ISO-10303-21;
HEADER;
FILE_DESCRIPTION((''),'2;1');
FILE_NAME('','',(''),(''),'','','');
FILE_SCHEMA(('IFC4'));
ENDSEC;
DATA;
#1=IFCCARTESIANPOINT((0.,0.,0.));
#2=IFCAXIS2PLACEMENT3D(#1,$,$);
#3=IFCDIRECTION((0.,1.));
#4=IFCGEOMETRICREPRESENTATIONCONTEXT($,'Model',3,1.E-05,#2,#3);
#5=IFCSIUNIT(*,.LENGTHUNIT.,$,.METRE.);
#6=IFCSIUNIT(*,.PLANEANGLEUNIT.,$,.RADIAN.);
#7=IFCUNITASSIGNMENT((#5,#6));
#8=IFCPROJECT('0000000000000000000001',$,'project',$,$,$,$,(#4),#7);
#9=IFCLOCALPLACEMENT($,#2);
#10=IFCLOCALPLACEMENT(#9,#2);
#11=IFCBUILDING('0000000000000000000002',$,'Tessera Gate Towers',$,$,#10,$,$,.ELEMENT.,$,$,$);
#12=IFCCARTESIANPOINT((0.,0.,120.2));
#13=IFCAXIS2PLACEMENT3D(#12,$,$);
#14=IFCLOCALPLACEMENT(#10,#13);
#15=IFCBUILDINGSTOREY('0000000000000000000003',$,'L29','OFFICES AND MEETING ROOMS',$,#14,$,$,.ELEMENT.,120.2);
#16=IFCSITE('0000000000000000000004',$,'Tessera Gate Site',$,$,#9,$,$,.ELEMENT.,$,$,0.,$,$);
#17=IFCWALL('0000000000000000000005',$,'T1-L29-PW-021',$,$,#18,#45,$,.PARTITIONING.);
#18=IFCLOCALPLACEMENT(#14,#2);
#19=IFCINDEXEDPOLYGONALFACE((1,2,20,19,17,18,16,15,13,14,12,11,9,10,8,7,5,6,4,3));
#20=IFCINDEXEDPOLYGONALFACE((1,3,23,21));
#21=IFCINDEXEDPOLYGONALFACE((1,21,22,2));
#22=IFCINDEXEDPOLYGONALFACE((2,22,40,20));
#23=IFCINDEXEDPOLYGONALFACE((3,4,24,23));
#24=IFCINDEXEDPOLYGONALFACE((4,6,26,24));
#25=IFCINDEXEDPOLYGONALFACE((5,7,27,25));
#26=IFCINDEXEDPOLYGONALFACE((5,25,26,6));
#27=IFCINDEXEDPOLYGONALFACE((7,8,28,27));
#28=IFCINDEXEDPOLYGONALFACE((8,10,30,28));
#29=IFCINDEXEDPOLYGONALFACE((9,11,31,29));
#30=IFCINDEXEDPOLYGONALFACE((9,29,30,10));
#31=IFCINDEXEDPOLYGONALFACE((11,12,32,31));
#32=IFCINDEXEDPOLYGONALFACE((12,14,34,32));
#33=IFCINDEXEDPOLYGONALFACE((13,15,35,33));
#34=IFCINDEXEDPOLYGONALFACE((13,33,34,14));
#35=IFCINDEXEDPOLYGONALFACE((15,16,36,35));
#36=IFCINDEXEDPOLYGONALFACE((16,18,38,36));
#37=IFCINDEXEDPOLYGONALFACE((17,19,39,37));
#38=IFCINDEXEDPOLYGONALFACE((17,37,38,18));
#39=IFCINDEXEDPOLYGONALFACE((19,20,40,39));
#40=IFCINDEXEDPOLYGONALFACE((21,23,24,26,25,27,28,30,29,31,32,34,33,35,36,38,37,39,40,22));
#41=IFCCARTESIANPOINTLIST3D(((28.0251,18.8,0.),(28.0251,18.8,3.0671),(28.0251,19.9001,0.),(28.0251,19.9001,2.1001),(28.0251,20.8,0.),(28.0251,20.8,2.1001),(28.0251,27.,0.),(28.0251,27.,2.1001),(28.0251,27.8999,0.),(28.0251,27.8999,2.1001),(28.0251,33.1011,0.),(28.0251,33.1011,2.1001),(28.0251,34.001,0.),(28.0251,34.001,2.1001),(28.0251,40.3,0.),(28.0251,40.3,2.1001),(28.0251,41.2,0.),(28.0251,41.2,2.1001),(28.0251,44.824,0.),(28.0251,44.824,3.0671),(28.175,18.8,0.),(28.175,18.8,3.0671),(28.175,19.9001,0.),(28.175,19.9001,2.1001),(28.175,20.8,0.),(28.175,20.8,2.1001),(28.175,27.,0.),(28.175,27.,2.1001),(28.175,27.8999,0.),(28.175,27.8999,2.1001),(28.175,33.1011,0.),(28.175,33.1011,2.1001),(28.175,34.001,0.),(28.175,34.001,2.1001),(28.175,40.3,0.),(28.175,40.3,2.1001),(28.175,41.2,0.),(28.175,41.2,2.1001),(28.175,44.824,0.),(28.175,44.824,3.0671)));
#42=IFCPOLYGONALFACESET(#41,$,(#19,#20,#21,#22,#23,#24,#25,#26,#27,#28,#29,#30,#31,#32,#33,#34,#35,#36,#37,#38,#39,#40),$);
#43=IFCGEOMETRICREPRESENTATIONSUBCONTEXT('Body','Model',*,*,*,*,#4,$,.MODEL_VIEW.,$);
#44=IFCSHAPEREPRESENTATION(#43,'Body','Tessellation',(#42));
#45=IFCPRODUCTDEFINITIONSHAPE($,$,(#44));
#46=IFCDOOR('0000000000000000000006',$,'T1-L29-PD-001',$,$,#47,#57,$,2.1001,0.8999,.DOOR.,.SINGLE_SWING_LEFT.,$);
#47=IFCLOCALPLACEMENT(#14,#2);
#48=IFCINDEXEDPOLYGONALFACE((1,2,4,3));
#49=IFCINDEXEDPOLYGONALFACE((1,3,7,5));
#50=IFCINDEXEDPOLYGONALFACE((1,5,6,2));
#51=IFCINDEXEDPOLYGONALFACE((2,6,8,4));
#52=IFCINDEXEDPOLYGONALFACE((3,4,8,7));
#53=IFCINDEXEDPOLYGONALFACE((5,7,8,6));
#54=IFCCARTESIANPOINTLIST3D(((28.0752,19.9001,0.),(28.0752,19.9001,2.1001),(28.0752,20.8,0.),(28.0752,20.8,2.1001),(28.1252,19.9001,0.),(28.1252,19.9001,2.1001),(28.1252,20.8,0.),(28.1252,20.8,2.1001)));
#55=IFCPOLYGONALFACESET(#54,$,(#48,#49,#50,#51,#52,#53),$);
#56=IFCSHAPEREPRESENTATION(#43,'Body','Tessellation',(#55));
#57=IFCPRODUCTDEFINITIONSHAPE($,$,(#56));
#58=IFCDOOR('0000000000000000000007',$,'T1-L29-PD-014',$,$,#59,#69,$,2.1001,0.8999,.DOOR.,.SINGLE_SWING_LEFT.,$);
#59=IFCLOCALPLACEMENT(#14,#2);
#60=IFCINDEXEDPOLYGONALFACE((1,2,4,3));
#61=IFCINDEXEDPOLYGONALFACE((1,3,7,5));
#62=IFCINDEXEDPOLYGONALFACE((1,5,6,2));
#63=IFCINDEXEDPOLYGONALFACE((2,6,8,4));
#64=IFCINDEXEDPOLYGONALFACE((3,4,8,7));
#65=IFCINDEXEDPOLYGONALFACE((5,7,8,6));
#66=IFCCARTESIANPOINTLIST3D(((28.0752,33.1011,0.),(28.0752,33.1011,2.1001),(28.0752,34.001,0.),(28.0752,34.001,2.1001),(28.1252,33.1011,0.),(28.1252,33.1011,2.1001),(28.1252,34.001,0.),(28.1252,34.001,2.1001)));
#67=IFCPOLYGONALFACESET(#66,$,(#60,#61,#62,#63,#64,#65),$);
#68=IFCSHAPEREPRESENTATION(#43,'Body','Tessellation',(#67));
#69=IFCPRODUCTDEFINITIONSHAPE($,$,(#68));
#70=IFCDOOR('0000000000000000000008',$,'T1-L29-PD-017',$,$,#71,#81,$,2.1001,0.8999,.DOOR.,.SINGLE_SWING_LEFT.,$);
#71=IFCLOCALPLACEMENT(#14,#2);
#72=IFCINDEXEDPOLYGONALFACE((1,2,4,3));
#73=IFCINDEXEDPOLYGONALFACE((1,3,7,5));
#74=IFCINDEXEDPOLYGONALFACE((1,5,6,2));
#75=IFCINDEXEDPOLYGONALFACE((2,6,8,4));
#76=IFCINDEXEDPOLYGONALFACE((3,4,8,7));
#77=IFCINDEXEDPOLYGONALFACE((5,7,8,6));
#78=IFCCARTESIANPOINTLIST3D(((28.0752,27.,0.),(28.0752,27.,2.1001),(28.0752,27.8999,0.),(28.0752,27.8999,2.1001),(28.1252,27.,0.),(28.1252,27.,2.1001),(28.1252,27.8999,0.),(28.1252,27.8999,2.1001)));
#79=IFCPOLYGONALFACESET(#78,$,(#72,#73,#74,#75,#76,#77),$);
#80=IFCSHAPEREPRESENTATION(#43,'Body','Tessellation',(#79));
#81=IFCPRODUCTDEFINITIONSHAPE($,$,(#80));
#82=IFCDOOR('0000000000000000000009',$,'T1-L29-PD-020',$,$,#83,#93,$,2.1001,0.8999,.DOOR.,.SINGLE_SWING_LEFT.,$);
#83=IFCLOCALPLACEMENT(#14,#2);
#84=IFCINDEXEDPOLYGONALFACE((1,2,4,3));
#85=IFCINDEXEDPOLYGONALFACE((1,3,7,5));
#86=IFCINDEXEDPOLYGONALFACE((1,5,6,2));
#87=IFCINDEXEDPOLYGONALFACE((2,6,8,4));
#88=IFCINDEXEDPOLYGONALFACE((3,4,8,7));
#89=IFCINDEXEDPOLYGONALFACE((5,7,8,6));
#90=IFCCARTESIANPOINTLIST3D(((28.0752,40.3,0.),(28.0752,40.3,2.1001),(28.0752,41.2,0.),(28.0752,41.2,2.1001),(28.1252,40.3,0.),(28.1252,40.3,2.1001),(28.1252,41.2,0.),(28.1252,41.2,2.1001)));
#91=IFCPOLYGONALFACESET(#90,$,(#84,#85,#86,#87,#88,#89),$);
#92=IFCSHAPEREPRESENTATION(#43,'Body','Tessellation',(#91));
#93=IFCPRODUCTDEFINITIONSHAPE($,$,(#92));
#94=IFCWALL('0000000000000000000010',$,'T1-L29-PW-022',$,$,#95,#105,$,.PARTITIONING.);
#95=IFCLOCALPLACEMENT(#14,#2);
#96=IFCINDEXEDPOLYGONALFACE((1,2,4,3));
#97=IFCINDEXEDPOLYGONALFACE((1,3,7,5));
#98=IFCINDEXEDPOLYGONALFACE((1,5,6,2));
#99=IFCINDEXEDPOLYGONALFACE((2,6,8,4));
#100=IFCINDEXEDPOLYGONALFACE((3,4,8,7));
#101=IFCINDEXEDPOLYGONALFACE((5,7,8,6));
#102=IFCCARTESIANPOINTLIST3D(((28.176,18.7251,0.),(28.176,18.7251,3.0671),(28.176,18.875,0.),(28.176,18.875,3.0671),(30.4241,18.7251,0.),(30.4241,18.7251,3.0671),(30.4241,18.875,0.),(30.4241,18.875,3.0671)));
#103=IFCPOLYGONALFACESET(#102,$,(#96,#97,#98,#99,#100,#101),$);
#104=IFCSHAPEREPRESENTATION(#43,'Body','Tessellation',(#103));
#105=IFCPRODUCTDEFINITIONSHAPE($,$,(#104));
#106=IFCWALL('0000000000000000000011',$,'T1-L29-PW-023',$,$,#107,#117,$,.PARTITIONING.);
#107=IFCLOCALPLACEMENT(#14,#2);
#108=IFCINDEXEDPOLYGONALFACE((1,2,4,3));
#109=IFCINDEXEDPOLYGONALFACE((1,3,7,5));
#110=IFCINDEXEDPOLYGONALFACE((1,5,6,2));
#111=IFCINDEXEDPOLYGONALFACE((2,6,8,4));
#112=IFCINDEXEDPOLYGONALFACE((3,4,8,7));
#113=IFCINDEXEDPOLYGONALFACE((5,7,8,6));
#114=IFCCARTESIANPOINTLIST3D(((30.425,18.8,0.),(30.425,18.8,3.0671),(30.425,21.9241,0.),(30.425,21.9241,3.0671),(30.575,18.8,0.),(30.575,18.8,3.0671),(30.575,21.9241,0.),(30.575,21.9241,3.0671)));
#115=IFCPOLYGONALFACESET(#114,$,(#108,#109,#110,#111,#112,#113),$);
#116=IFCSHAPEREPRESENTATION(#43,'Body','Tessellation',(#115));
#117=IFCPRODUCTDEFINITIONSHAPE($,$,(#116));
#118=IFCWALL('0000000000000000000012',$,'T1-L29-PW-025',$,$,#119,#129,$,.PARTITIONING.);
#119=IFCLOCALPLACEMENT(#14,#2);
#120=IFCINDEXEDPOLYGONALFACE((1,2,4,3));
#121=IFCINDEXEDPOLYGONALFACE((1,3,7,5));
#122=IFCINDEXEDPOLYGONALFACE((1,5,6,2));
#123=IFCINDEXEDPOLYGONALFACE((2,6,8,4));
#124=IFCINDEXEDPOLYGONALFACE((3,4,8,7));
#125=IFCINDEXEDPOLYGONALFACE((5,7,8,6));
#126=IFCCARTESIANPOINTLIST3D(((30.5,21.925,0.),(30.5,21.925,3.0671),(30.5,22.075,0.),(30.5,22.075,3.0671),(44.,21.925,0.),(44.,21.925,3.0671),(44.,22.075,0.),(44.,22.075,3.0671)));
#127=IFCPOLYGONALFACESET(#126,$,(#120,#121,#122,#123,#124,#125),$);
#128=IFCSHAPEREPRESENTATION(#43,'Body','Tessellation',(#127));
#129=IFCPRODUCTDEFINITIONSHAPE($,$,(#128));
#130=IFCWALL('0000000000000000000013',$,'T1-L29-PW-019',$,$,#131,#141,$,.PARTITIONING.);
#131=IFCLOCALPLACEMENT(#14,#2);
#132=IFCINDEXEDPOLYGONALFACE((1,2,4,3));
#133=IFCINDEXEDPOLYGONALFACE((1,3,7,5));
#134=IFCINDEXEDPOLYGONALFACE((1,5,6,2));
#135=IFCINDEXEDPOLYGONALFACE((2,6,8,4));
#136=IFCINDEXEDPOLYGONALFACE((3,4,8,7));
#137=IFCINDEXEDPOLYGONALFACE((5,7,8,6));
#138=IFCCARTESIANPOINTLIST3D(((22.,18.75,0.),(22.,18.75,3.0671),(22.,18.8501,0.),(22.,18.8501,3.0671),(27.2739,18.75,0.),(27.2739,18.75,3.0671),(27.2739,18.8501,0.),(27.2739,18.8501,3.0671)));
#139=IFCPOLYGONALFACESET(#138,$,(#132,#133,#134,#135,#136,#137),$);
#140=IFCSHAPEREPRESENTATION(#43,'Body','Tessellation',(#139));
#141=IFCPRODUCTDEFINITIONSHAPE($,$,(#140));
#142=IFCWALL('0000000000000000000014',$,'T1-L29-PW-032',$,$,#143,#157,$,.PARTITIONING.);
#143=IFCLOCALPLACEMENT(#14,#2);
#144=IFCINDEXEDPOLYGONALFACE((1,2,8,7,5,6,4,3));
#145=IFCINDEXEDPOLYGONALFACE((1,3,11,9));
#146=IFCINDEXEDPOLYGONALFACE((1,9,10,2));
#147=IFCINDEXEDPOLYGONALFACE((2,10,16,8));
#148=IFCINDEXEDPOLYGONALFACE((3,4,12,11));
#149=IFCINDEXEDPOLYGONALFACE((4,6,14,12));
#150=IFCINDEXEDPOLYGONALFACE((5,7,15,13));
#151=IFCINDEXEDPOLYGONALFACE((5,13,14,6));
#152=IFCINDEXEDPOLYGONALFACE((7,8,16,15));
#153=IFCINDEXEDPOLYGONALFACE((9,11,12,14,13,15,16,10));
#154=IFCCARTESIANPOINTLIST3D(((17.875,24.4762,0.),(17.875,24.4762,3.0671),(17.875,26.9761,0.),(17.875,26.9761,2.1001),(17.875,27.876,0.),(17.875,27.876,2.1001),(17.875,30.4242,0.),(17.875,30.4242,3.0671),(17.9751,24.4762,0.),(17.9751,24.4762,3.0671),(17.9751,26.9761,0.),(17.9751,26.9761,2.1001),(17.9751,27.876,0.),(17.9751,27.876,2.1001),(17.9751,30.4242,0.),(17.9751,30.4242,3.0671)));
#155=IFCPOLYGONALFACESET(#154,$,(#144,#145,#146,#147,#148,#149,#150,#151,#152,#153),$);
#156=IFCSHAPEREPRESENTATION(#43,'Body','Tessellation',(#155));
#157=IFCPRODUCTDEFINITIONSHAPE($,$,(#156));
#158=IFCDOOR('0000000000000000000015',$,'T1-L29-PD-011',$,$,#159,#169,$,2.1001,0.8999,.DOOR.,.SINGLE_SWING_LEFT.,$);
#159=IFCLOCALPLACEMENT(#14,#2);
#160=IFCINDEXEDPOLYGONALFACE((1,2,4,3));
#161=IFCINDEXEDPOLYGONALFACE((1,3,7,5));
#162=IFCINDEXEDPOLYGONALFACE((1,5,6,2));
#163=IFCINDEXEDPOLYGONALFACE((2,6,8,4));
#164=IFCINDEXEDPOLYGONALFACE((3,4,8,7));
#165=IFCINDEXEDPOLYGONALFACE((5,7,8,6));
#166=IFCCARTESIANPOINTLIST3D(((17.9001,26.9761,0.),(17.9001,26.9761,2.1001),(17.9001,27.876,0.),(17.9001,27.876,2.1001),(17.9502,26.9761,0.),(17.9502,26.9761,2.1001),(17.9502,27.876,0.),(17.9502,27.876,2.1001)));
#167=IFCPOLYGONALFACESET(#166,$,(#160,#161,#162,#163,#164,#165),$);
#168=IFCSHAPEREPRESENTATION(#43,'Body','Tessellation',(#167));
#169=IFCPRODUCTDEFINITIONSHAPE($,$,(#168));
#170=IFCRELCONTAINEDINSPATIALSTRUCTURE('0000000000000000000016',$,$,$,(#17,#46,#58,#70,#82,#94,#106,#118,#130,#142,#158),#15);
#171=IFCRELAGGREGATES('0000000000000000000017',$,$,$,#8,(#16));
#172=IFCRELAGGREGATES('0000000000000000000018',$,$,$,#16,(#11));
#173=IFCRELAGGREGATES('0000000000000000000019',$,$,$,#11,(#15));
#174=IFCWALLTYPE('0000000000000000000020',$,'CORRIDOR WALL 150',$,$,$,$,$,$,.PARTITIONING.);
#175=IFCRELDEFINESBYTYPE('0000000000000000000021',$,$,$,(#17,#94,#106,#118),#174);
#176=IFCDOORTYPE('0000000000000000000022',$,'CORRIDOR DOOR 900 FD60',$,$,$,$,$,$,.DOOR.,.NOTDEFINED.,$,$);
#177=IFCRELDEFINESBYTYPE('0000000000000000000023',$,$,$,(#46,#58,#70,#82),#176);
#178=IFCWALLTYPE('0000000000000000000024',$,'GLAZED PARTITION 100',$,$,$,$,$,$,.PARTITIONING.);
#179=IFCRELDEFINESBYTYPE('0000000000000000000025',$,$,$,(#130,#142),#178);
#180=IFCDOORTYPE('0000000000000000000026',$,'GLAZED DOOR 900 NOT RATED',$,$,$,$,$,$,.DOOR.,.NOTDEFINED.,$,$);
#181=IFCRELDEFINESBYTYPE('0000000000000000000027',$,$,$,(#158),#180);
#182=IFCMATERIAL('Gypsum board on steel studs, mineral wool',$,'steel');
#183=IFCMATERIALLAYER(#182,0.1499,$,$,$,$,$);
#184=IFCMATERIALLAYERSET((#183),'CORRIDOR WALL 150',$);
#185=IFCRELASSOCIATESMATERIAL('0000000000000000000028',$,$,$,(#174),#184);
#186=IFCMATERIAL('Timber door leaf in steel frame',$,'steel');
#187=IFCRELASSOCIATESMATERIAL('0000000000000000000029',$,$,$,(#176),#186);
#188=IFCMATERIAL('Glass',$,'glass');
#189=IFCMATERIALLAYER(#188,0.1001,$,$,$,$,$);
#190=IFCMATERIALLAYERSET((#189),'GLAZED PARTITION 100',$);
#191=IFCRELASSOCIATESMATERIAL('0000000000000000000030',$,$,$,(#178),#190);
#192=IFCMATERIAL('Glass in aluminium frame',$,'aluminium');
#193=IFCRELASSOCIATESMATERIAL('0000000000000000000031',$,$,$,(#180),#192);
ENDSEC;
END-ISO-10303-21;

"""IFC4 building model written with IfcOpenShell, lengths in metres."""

from ifc_helpers import new_model, si_unit, direction, frame, frame_2d, origin, place, context, subcontext, project, spatial, rectangle, extrude, source, transform, mapped, material, layer, layer_set, type_object, element, fill, save


model = new_model("IFC4")

# Units and contexts
model_context = context("Model", 3, precision=1e-05, world=origin(), true_north=direction((0.0, 1.0)))
body_context = subcontext(model_context, "Body", "Model", "MODEL_VIEW")
ifc_project = project(units=[si_unit("LENGTHUNIT", "METRE"), si_unit("PLANEANGLEUNIT", "RADIAN")], contexts=[model_context])

# Site, building, storey
site_placement = place(None, origin())
site = spatial("IfcSite", under=ifc_project, at=site_placement, Name="Tessera Gate Site", CompositionType="ELEMENT", RefElevation=0.0)
building_placement = place(site_placement, origin())
building = spatial("IfcBuilding", under=site, at=building_placement, Name="Tessera Gate Towers", CompositionType="ELEMENT")
storey_placement = place(building_placement, frame((0.0, 0.0, 120.2)))
storey = spatial("IfcBuildingStorey", under=building, at=storey_placement, Name="L29", Description="OFFICES AND MEETING ROOMS", CompositionType="ELEMENT", Elevation=120.2)

# Wall, openings, doors
ifc_material_1 = material(Name="Gypsum board on steel studs, mineral wool", Category="steel")
ifc_layer_1 = layer(ifc_material_1, 0.1499)
ifc_layer_set_1 = layer_set([ifc_layer_1], Name="CORRIDOR WALL 150")
wall_type_1 = type_object("IfcWallType", Name="CORRIDOR WALL 150", PredefinedType="PARTITIONING", material=ifc_layer_set_1)
wall_1_placement = place(storey_placement, frame((28.1001, 18.8, 0.0), z_axis=(0.0, 0.0, 1.0), x_axis=(0.0, 1.0, 0.0)))
wall_1 = element("IfcWall", 1, at=wall_1_placement, inside=storey, type_object=wall_type_1, Name="T1-L29-PW-021", PredefinedType="PARTITIONING", context=body_context, shape_type="SweptSolid", body=[
    extrude(rectangle(XDim=26.0239, YDim=0.1499, at=frame_2d((13.012, 0.0))), origin(), (0.0, 0.0, 1.0), 3.0671),
])
shared_shape_1 = source(origin(), body_context, "Body", "SweptSolid", [
    extrude(rectangle(XDim=0.8999, YDim=2.1001, at=frame_2d((0.45, 1.05))), frame((0.0, 0.085, 0.0), z_axis=(0.0, -1.0, 0.0), x_axis=(1.0, 0.0, 0.0)), (0.0, 0.0, 1.0), 0.1699),
])
opening_1_placement = place(wall_1_placement, frame((1.1001, 0.0, 0.0)))
opening_1 = element("IfcOpeningElement", 2, at=opening_1_placement, cuts=wall_1, PredefinedType="OPENING", context=body_context, shape_type="MappedRepresentation", body=[
    mapped(shared_shape_1, transform((0.0, 0.0, 0.0), scale=1.0)),
])
opening_2_placement = place(wall_1_placement, frame((14.301, 0.0, 0.0)))
opening_2 = element("IfcOpeningElement", 3, at=opening_2_placement, cuts=wall_1, PredefinedType="OPENING", context=body_context, shape_type="MappedRepresentation", body=[
    mapped(shared_shape_1, transform((0.0, 0.0, 0.0), scale=1.0)),
])
opening_3_placement = place(wall_1_placement, frame((8.2, 0.0, 0.0)))
opening_3 = element("IfcOpeningElement", 4, at=opening_3_placement, cuts=wall_1, PredefinedType="OPENING", context=body_context, shape_type="MappedRepresentation", body=[
    mapped(shared_shape_1, transform((0.0, 0.0, 0.0), scale=1.0)),
])
opening_4_placement = place(wall_1_placement, frame((21.5, 0.0, 0.0)))
opening_4 = element("IfcOpeningElement", 5, at=opening_4_placement, cuts=wall_1, PredefinedType="OPENING", context=body_context, shape_type="MappedRepresentation", body=[
    mapped(shared_shape_1, transform((0.0, 0.0, 0.0), scale=1.0)),
])
ifc_material_2 = material(Name="Timber door leaf in steel frame", Category="steel")
door_type_1 = type_object("IfcDoorType", Name="CORRIDOR DOOR 900 FD60", OperationType="NOTDEFINED", PredefinedType="DOOR", material=ifc_material_2)
shared_shape_2 = source(origin(), body_context, "Body", "SweptSolid", [
    extrude(rectangle(XDim=0.8999, YDim=2.1001, at=frame_2d((0.45, 1.05))), frame((0.0, 0.0249, 0.0), z_axis=(0.0, -1.0, 0.0), x_axis=(1.0, 0.0, 0.0)), (0.0, 0.0, 1.0), 0.05),
])
door_1_placement = place(opening_1_placement, origin())
door_1 = element("IfcDoor", 6, at=door_1_placement, inside=storey, type_object=door_type_1, Name="T1-L29-PD-001", OperationType="SINGLE_SWING_LEFT", OverallHeight=2.1001, OverallWidth=0.8999, PredefinedType="DOOR", context=body_context, shape_type="MappedRepresentation", body=[
    mapped(shared_shape_2, transform((0.0, 0.0, 0.0), scale=1.0)),
])
fill(opening_1, door_1)
door_2_placement = place(opening_2_placement, origin())
door_2 = element("IfcDoor", 7, at=door_2_placement, inside=storey, type_object=door_type_1, Name="T1-L29-PD-014", OperationType="SINGLE_SWING_LEFT", OverallHeight=2.1001, OverallWidth=0.8999, PredefinedType="DOOR", context=body_context, shape_type="MappedRepresentation", body=[
    mapped(shared_shape_2, transform((0.0, 0.0, 0.0), scale=1.0)),
])
fill(opening_2, door_2)
door_3_placement = place(opening_3_placement, origin())
door_3 = element("IfcDoor", 8, at=door_3_placement, inside=storey, type_object=door_type_1, Name="T1-L29-PD-017", OperationType="SINGLE_SWING_LEFT", OverallHeight=2.1001, OverallWidth=0.8999, PredefinedType="DOOR", context=body_context, shape_type="MappedRepresentation", body=[
    mapped(shared_shape_2, transform((0.0, 0.0, 0.0), scale=1.0)),
])
fill(opening_3, door_3)
door_4_placement = place(opening_4_placement, origin())
door_4 = element("IfcDoor", 9, at=door_4_placement, inside=storey, type_object=door_type_1, Name="T1-L29-PD-020", OperationType="SINGLE_SWING_LEFT", OverallHeight=2.1001, OverallWidth=0.8999, PredefinedType="DOOR", context=body_context, shape_type="MappedRepresentation", body=[
    mapped(shared_shape_2, transform((0.0, 0.0, 0.0), scale=1.0)),
])
fill(opening_4, door_4)

# Walls
wall_2_placement = place(storey_placement, frame((28.176, 18.8, 0.0), z_axis=(0.0, 0.0, 1.0), x_axis=(1.0, 0.0, 0.0)))
element("IfcWall", 10, at=wall_2_placement, inside=storey, type_object=wall_type_1, Name="T1-L29-PW-022", PredefinedType="PARTITIONING", context=body_context, shape_type="SweptSolid", body=[
    extrude(rectangle(XDim=2.248, YDim=0.1499, at=frame_2d((1.124, 0.0))), origin(), (0.0, 0.0, 1.0), 3.0671),
])
wall_3_placement = place(storey_placement, frame((30.5, 18.8, 0.0), z_axis=(0.0, 0.0, 1.0), x_axis=(0.0, 1.0, 0.0)))
element("IfcWall", 11, at=wall_3_placement, inside=storey, type_object=wall_type_1, Name="T1-L29-PW-023", PredefinedType="PARTITIONING", context=body_context, shape_type="SweptSolid", body=[
    extrude(rectangle(XDim=3.124, YDim=0.1499, at=frame_2d((1.562, 0.0))), origin(), (0.0, 0.0, 1.0), 3.0671),
])
wall_4_placement = place(storey_placement, frame((30.5, 22.0, 0.0), z_axis=(0.0, 0.0, 1.0), x_axis=(1.0, 0.0, 0.0)))
element("IfcWall", 12, at=wall_4_placement, inside=storey, type_object=wall_type_1, Name="T1-L29-PW-025", PredefinedType="PARTITIONING", context=body_context, shape_type="SweptSolid", body=[
    extrude(rectangle(XDim=13.5, YDim=0.1499, at=frame_2d((6.75, 0.0))), origin(), (0.0, 0.0, 1.0), 3.0671),
])
ifc_material_3 = material(Name="Glass", Category="glass")
ifc_layer_2 = layer(ifc_material_3, 0.1001)
ifc_layer_set_2 = layer_set([ifc_layer_2], Name="GLAZED PARTITION 100")
wall_type_2 = type_object("IfcWallType", Name="GLAZED PARTITION 100", PredefinedType="PARTITIONING", material=ifc_layer_set_2)
wall_5_placement = place(storey_placement, frame((22.0, 18.8, 0.0), z_axis=(0.0, 0.0, 1.0), x_axis=(1.0, 0.0, 0.0)))
element("IfcWall", 13, at=wall_5_placement, inside=storey, type_object=wall_type_2, Name="T1-L29-PW-019", PredefinedType="PARTITIONING", context=body_context, shape_type="SweptSolid", body=[
    extrude(rectangle(XDim=5.2739, YDim=0.1001, at=frame_2d((2.637, 0.0))), origin(), (0.0, 0.0, 1.0), 3.0671),
])

# Wall, opening, door
wall_6_placement = place(storey_placement, frame((17.925, 24.4761, 0.0), z_axis=(0.0, 0.0, 1.0), x_axis=(0.0, 1.0, 0.0)))
wall_6 = element("IfcWall", 14, at=wall_6_placement, inside=storey, type_object=wall_type_2, Name="T1-L29-PW-032", PredefinedType="PARTITIONING", context=body_context, shape_type="SweptSolid", body=[
    extrude(rectangle(XDim=5.948, YDim=0.1001, at=frame_2d((2.9741, 0.0))), origin(), (0.0, 0.0, 1.0), 3.0671),
])
shared_shape_3 = source(origin(), body_context, "Body", "SweptSolid", [
    extrude(rectangle(XDim=0.8999, YDim=2.1001, at=frame_2d((0.45, 1.05))), frame((0.0, 0.0601, 0.0), z_axis=(0.0, -1.0, 0.0), x_axis=(1.0, 0.0, 0.0)), (0.0, 0.0, 1.0), 0.1201),
])
opening_5_placement = place(wall_6_placement, frame((2.5, 0.0, 0.0)))
opening_5 = element("IfcOpeningElement", 15, at=opening_5_placement, cuts=wall_6, PredefinedType="OPENING", context=body_context, shape_type="MappedRepresentation", body=[
    mapped(shared_shape_3, transform((0.0, 0.0, 0.0), scale=1.0)),
])
ifc_material_4 = material(Name="Glass in aluminium frame", Category="aluminium")
door_type_2 = type_object("IfcDoorType", Name="GLAZED DOOR 900 NOT RATED", OperationType="NOTDEFINED", PredefinedType="DOOR", material=ifc_material_4)
door_5_placement = place(opening_5_placement, origin())
door_5 = element("IfcDoor", 16, at=door_5_placement, inside=storey, type_object=door_type_2, Name="T1-L29-PD-011", OperationType="SINGLE_SWING_LEFT", OverallHeight=2.1001, OverallWidth=0.8999, PredefinedType="DOOR", context=body_context, shape_type="MappedRepresentation", body=[
    mapped(shared_shape_2, transform((0.0, 0.0, 0.0), scale=1.0)),
])
fill(opening_5, door_5)

save(model, "model.ifc")
